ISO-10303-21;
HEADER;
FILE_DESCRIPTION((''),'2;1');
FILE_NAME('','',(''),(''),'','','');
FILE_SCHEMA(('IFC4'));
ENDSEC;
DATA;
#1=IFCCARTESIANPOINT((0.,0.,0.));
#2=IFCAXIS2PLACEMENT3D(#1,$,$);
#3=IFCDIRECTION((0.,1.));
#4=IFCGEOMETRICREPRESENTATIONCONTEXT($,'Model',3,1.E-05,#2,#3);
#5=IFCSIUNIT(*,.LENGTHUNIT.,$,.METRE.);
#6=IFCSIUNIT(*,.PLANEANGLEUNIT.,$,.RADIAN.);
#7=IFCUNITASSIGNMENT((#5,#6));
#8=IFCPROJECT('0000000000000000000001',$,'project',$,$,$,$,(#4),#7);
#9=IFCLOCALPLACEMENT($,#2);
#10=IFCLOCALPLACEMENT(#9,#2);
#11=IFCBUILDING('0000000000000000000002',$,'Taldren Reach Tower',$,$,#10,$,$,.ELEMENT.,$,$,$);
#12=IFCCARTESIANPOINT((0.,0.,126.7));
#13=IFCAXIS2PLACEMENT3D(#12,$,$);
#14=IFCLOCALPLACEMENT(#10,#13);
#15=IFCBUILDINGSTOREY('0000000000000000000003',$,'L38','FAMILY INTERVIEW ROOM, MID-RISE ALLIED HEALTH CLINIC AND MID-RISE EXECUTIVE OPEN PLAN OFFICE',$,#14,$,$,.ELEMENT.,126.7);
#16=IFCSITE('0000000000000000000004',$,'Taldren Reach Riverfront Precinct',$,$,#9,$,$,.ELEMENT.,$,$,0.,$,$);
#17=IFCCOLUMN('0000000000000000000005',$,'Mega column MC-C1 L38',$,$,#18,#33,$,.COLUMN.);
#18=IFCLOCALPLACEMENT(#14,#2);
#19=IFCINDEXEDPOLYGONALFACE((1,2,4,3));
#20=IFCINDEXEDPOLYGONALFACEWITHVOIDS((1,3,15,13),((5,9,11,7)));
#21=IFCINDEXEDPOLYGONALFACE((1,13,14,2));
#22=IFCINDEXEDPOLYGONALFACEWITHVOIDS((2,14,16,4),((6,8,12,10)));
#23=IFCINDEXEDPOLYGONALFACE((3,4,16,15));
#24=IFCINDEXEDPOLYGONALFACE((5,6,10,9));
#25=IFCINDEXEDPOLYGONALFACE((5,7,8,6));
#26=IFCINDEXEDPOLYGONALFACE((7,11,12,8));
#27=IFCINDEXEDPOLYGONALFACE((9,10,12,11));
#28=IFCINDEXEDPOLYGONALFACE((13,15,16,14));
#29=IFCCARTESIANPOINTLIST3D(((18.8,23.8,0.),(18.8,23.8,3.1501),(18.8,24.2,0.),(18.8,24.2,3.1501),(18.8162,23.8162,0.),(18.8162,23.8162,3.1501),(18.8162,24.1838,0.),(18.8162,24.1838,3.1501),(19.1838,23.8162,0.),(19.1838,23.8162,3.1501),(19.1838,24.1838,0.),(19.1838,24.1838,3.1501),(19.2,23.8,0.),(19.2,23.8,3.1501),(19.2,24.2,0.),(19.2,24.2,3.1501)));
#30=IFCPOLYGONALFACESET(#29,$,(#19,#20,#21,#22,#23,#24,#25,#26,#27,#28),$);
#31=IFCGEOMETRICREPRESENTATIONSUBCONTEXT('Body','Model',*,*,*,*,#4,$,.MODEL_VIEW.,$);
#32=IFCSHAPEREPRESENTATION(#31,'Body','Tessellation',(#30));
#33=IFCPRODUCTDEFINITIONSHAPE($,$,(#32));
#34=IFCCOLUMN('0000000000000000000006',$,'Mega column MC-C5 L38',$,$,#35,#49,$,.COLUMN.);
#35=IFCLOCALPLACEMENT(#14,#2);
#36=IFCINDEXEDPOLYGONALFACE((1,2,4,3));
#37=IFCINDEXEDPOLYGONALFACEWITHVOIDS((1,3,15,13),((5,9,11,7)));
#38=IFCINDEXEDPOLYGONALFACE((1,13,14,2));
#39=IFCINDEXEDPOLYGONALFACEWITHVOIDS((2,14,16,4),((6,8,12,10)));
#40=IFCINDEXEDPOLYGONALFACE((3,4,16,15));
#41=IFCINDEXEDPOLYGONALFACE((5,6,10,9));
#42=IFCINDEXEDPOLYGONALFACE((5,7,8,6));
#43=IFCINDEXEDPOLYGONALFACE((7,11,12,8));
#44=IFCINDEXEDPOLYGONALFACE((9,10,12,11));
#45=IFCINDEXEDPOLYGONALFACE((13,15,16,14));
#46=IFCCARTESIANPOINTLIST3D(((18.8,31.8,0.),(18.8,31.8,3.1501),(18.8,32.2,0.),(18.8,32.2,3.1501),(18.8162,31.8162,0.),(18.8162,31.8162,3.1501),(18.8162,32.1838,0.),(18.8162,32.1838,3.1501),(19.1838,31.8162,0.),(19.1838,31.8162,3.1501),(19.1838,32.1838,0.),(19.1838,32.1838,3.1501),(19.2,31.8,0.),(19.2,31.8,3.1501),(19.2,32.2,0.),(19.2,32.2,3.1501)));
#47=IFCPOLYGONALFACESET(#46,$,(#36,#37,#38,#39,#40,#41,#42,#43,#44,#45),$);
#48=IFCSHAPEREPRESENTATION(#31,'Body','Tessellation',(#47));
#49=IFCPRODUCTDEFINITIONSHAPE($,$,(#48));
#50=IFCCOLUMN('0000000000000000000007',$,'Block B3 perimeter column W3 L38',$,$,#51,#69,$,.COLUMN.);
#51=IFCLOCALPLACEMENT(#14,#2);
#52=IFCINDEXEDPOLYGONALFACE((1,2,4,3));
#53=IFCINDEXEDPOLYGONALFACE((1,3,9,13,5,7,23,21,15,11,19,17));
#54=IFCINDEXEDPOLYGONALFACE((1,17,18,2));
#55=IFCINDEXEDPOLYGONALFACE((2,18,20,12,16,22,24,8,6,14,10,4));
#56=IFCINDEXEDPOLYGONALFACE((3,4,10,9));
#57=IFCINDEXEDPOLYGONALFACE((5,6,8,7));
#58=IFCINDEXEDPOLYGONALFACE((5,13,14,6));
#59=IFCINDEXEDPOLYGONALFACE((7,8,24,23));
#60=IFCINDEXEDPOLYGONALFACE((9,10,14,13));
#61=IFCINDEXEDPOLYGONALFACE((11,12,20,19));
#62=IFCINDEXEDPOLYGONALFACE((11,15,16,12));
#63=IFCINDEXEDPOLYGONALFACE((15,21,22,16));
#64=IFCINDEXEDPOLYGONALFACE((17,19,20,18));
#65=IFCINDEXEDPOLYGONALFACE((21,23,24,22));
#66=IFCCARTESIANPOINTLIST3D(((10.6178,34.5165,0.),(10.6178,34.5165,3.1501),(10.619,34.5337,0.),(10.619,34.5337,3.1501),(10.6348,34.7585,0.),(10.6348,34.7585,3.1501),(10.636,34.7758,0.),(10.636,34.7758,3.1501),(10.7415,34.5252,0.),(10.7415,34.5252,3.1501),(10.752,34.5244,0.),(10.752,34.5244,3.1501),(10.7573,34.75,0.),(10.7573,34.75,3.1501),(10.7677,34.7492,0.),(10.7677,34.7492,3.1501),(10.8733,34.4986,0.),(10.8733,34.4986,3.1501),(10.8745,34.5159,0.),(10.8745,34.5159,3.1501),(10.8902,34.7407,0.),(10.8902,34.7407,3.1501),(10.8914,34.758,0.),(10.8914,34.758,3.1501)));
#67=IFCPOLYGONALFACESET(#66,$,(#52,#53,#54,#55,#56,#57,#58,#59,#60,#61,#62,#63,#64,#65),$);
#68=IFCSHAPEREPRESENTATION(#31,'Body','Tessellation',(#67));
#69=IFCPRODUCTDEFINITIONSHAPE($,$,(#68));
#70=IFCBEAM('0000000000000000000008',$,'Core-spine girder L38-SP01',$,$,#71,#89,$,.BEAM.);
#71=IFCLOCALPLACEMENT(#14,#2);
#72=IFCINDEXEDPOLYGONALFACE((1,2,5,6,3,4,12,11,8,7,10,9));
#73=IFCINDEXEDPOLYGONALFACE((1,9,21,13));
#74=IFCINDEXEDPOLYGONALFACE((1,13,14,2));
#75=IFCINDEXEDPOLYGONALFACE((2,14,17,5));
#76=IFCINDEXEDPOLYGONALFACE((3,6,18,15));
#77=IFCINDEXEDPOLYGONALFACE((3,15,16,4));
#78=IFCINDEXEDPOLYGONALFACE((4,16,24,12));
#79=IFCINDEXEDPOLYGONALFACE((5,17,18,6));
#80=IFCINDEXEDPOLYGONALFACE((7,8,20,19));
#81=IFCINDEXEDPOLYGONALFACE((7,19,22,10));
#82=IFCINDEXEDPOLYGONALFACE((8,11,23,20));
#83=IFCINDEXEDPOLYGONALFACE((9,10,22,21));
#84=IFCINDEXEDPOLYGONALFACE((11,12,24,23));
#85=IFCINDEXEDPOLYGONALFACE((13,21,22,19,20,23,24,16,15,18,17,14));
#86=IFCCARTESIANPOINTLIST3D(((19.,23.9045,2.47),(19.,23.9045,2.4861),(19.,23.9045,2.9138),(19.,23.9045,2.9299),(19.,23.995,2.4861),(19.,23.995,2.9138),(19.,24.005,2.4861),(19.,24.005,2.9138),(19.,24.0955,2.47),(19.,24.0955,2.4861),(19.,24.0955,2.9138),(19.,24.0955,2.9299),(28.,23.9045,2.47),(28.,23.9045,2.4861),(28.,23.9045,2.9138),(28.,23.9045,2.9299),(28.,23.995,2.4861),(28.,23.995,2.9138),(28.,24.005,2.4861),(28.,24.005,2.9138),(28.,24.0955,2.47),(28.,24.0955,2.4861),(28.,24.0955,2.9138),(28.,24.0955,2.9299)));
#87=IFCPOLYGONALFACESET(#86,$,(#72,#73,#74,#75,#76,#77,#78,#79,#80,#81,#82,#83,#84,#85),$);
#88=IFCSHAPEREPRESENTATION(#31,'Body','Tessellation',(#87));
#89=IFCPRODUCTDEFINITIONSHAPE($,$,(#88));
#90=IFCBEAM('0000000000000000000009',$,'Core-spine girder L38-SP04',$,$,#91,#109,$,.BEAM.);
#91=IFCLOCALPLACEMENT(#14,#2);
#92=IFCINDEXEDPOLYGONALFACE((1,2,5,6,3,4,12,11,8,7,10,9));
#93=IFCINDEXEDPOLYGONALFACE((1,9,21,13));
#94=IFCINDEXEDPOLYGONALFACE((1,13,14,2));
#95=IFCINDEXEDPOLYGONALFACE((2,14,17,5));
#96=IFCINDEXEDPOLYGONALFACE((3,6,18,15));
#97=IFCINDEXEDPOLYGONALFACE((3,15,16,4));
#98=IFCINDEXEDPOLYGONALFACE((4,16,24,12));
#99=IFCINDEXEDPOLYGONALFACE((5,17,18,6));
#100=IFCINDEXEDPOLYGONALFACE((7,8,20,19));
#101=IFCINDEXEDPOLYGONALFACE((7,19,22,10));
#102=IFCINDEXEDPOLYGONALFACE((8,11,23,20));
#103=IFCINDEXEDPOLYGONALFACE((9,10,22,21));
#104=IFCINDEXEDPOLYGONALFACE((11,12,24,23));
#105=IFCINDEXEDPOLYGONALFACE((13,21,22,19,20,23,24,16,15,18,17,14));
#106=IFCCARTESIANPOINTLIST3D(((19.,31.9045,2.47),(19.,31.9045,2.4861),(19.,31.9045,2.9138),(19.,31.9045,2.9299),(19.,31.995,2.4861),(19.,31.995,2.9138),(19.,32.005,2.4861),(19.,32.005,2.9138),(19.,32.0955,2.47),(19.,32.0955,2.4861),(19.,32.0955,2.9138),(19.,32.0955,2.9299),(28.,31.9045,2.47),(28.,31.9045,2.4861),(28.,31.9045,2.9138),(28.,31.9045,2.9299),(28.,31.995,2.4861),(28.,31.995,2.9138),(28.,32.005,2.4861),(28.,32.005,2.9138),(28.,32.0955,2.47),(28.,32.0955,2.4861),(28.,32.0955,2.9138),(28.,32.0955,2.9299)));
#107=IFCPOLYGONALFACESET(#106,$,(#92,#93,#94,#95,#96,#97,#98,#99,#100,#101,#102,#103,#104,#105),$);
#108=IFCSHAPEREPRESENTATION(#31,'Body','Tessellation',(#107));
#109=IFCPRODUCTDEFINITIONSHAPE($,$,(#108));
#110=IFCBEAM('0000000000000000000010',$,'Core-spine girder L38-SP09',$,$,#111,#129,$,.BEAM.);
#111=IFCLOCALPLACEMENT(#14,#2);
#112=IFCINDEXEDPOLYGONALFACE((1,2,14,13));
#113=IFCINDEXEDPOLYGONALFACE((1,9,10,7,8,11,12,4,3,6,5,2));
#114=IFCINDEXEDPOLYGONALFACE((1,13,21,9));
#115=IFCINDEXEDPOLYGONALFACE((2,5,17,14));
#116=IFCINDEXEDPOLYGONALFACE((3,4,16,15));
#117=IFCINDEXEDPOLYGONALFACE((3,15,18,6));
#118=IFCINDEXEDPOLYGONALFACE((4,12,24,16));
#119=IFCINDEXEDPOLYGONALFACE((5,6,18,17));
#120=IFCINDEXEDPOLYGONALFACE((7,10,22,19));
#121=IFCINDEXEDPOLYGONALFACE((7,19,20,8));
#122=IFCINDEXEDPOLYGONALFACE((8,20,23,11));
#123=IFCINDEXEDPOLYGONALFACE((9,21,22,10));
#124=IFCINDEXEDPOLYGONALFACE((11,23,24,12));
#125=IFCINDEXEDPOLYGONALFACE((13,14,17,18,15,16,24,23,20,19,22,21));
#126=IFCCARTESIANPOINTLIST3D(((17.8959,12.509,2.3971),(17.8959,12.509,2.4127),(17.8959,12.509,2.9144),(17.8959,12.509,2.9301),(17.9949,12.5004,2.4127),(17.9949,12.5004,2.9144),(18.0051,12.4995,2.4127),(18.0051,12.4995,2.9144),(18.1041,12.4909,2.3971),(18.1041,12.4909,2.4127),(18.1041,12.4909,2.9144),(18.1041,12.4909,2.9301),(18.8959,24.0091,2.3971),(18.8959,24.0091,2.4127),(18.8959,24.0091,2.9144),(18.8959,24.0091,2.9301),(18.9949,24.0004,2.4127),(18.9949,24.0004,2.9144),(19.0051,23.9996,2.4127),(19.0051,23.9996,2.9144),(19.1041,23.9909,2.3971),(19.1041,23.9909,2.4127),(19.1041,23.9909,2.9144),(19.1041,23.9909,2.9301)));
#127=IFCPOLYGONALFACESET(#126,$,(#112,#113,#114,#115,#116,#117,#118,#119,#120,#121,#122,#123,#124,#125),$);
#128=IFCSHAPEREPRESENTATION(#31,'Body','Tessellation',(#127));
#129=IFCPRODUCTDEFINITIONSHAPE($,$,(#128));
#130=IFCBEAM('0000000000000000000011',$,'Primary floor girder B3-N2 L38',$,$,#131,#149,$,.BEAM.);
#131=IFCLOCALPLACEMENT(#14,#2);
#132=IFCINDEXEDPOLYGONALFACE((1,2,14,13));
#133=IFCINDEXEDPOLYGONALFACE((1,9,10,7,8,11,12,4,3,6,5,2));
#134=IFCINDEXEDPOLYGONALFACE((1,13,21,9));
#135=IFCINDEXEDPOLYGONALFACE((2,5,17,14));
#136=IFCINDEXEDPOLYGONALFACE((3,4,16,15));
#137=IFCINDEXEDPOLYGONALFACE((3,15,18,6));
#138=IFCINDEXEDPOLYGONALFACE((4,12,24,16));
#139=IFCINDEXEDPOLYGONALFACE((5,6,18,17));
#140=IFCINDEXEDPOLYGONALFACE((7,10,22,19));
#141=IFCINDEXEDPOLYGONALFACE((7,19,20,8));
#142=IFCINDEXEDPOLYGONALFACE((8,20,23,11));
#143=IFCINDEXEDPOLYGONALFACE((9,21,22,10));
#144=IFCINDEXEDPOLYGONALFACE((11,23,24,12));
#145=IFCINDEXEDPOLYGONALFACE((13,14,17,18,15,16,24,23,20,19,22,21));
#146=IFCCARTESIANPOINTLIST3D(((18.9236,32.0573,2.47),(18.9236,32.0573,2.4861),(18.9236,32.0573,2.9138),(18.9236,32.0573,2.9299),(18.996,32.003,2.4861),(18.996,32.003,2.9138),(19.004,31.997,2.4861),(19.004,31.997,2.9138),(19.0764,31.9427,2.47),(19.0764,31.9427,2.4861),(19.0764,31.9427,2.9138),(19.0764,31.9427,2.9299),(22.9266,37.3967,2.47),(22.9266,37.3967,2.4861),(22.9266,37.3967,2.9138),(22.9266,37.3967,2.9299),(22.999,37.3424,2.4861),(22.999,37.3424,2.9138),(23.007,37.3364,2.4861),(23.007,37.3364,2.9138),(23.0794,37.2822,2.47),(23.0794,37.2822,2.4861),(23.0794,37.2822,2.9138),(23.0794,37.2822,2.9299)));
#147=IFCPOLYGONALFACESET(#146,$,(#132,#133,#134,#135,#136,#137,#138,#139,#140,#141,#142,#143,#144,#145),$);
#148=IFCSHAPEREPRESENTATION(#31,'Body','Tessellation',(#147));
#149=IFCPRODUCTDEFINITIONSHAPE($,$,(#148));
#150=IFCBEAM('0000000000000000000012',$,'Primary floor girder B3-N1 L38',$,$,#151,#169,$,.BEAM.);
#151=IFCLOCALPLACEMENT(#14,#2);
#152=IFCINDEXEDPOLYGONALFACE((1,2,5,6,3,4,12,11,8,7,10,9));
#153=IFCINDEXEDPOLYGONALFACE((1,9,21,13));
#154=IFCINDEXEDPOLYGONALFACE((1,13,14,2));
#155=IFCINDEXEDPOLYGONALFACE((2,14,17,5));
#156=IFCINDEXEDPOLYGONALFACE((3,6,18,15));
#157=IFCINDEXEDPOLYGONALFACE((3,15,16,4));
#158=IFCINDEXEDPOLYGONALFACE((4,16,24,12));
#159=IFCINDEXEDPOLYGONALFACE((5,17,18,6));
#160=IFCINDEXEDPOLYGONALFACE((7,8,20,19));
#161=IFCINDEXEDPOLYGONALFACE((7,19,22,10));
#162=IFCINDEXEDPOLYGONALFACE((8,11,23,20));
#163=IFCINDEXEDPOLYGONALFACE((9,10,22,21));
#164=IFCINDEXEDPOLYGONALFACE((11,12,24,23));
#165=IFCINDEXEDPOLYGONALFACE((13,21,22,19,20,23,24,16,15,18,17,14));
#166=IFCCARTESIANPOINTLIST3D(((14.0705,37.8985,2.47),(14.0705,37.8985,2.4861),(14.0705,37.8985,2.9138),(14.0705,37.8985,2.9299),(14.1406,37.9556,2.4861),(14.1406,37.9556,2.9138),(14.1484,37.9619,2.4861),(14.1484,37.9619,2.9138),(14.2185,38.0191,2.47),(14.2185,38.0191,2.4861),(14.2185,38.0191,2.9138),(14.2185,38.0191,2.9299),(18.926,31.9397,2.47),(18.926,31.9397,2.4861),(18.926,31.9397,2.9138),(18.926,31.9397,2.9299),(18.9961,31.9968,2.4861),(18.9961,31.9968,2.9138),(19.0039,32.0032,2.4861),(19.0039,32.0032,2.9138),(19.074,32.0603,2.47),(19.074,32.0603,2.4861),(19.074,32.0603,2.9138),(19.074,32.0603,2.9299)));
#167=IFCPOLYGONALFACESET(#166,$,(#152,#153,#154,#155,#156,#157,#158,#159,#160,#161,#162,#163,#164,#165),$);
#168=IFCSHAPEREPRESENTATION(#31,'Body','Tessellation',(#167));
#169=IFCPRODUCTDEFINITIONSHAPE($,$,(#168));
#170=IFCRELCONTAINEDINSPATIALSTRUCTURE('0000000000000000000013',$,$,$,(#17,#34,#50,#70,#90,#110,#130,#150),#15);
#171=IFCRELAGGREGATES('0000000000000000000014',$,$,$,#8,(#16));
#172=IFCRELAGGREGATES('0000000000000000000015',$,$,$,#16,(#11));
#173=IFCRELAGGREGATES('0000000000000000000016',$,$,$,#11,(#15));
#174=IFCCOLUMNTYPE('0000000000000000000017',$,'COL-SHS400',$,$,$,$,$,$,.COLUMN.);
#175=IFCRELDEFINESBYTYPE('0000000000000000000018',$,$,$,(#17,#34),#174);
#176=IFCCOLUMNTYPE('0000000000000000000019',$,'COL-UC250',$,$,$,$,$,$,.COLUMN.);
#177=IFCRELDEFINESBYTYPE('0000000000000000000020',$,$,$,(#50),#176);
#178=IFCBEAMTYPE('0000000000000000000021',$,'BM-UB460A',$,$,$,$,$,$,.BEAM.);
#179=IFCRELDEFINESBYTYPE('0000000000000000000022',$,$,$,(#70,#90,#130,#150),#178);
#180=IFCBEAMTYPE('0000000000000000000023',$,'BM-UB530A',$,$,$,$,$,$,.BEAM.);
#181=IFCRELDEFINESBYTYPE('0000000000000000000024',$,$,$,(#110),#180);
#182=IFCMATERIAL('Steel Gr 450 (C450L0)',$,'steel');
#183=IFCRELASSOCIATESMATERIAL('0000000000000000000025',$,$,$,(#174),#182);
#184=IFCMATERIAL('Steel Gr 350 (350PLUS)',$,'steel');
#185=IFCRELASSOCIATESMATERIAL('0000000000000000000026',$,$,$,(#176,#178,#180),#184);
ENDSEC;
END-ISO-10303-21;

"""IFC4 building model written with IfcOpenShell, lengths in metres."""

from ifc_helpers import new_model, si_unit, direction, frame, origin, origin_2d, place, context, subcontext, project, spatial, hollow_rectangle, i_section, extrude, source, transform, mapped, material, material_profile, profile_set, type_object, element, save


model = new_model("IFC4")

# Units and contexts
model_context = context("Model", 3, precision=1e-05, world=origin(), true_north=direction((0.0, 1.0)))
body_context = subcontext(model_context, "Body", "Model", "MODEL_VIEW")
ifc_project = project(units=[si_unit("LENGTHUNIT", "METRE"), si_unit("PLANEANGLEUNIT", "RADIAN")], contexts=[model_context])

# Site, building, storey
site_placement = place(None, origin())
site = spatial("IfcSite", under=ifc_project, at=site_placement, Name="Taldren Reach Riverfront Precinct", CompositionType="ELEMENT", RefElevation=0.0)
building_placement = place(site_placement, origin())
building = spatial("IfcBuilding", under=site, at=building_placement, Name="Taldren Reach Tower", CompositionType="ELEMENT")
storey_placement = place(building_placement, frame((0.0, 0.0, 126.7)))
storey = spatial("IfcBuildingStorey", under=building, at=storey_placement, Name="L38", Description="FAMILY INTERVIEW ROOM, MID-RISE ALLIED HEALTH CLINIC AND MID-RISE EXECUTIVE OPEN PLAN OFFICE", CompositionType="ELEMENT", Elevation=126.7)

# Columns
ifc_material_1 = material(Name="Steel Gr 450 (C450L0)", Category="steel")
ifc_material_profile_1 = material_profile(ifc_material_1, hollow_rectangle(XDim=0.3999, YDim=0.3999, WallThickness=0.0161, at=origin_2d()), Name="400x400x16.0SHS")
ifc_profile_set_1 = profile_set([ifc_material_profile_1], Name="Steel Gr 450 (C450L0)")
column_type_1 = type_object("IfcColumnType", Name="COL-SHS400", PredefinedType="COLUMN", material=ifc_profile_set_1)
shared_shape_1 = source(origin(), body_context, "Body", "SweptSolid", [
    extrude(hollow_rectangle(XDim=0.3999, YDim=0.3999, WallThickness=0.0161, at=origin_2d()), origin(), (0.0, 0.0, 1.0), 3.1501),
])
for number, where, z_axis, x_axis, name in (
    (1, (19.0, 24.0, 0.0), (0.0, 0.0, 1.0), (1.0, 0.0, 0.0), "Mega column MC-C1 L38"),
    (2, (19.0, 32.0, 0.0), (0.0, 0.0, 1.0), (1.0, 0.0, 0.0), "Mega column MC-C5 L38"),
):
    element("IfcColumn", number, at=place(storey_placement, frame(where, z_axis=z_axis, x_axis=x_axis)), inside=storey, type_object=column_type_1, Name=name, PredefinedType="COLUMN", context=body_context, shape_type="MappedRepresentation", body=[
        mapped(shared_shape_1, transform((0.0, 0.0, 0.0), scale=1.0)),
    ])
ifc_material_2 = material(Name="Steel Gr 350 (350PLUS)", Category="steel")
ifc_material_profile_2 = material_profile(ifc_material_2, i_section(OverallWidth=0.2561, OverallDepth=0.26, WebThickness=0.0105, FlangeThickness=0.0173, at=origin_2d()), Name="250UC89.5")
ifc_profile_set_2 = profile_set([ifc_material_profile_2], Name="Steel Gr 350 (350PLUS)")
column_type_2 = type_object("IfcColumnType", Name="COL-UC250", PredefinedType="COLUMN", material=ifc_profile_set_2)
shared_shape_2 = source(origin(), body_context, "Body", "SweptSolid", [
    extrude(i_section(OverallWidth=0.2561, OverallDepth=0.26, WebThickness=0.0105, FlangeThickness=0.0173, at=origin_2d()), origin(), (0.0, 0.0, 1.0), 3.1501),
])
column_placement = place(storey_placement, frame((10.7546, 34.6372, 0.0), z_axis=(0.0, 0.0, 1.0), x_axis=(0.997564, -0.069756, 0.0)))
element("IfcColumn", 3, at=column_placement, inside=storey, type_object=column_type_2, Name="Block B3 perimeter column W3 L38", PredefinedType="COLUMN", context=body_context, shape_type="MappedRepresentation", body=[
    mapped(shared_shape_2, transform((0.0, 0.0, 0.0), scale=1.0)),
])

# Beams
ifc_material_profile_3 = material_profile(ifc_material_2, i_section(OverallWidth=0.1909, OverallDepth=0.46, WebThickness=0.01, FlangeThickness=0.0161, at=origin_2d()), Name="460UB82.1")
ifc_profile_set_3 = profile_set([ifc_material_profile_3], Name="Steel Gr 350 (350PLUS)")
beam_type_1 = type_object("IfcBeamType", Name="BM-UB460A", PredefinedType="BEAM", material=ifc_profile_set_3)
shared_shape_3 = source(origin(), body_context, "Body", "SweptSolid", [
    extrude(i_section(OverallWidth=0.1909, OverallDepth=0.46, WebThickness=0.01, FlangeThickness=0.0161, at=origin_2d()), origin(), (0.0, 0.0, 1.0), 9.0),
])
for number, where, z_axis, x_axis, name in (
    (4, (19.0, 24.0, 2.7), (1.0, 0.0, 0.0), (0.0, 1.0, 0.0), "Core-spine girder L38-SP01"),
    (5, (19.0, 32.0, 2.7), (1.0, 0.0, 0.0), (0.0, 1.0, 0.0), "Core-spine girder L38-SP04"),
):
    element("IfcBeam", number, at=place(storey_placement, frame(where, z_axis=z_axis, x_axis=x_axis)), inside=storey, type_object=beam_type_1, Name=name, PredefinedType="BEAM", context=body_context, shape_type="MappedRepresentation", body=[
        mapped(shared_shape_3, transform((0.0, 0.0, 0.0), scale=1.0)),
    ])
ifc_material_profile_4 = material_profile(ifc_material_2, i_section(OverallWidth=0.209, OverallDepth=0.533, WebThickness=0.0103, FlangeThickness=0.0156, at=origin_2d()), Name="530UB92.4")
ifc_profile_set_4 = profile_set([ifc_material_profile_4], Name="Steel Gr 350 (350PLUS)")
beam_type_2 = type_object("IfcBeamType", Name="BM-UB530A", PredefinedType="BEAM", material=ifc_profile_set_4)
shared_shape_4 = source(origin(), body_context, "Body", "SweptSolid", [
    extrude(i_section(OverallWidth=0.209, OverallDepth=0.533, WebThickness=0.0103, FlangeThickness=0.0156, at=origin_2d()), origin(), (0.0, 0.0, 1.0), 11.5435),
])
beam_1_placement = place(storey_placement, frame((19.0, 24.0, 2.6636), z_axis=(-0.08663, -0.996241, 0.0), x_axis=(0.996241, -0.08663, 0.0)))
element("IfcBeam", 6, at=beam_1_placement, inside=storey, type_object=beam_type_2, Name="Core-spine girder L38-SP09", PredefinedType="BEAM", context=body_context, shape_type="MappedRepresentation", body=[
    mapped(shared_shape_4, transform((0.0, 0.0, 0.0), scale=1.0)),
])
shared_shape_5 = source(origin(), body_context, "Body", "SweptSolid", [
    extrude(i_section(OverallWidth=0.1909, OverallDepth=0.46, WebThickness=0.01, FlangeThickness=0.0161, at=origin_2d()), origin(), (0.0, 0.0, 1.0), 6.6733),
])
beam_2_placement = place(storey_placement, frame((19.0, 32.0, 2.7), z_axis=(0.599848, 0.800114, 0.0), x_axis=(-0.800114, 0.599848, 0.0)))
element("IfcBeam", 7, at=beam_2_placement, inside=storey, type_object=beam_type_1, Name="Primary floor girder B3-N2 L38", PredefinedType="BEAM", context=body_context, shape_type="MappedRepresentation", body=[
    mapped(shared_shape_5, transform((0.0, 0.0, 0.0), scale=1.0)),
])
shared_shape_6 = source(origin(), body_context, "Body", "SweptSolid", [
    extrude(i_section(OverallWidth=0.1909, OverallDepth=0.46, WebThickness=0.01, FlangeThickness=0.0161, at=origin_2d()), origin(), (0.0, 0.0, 1.0), 7.6865),
])
beam_3_placement = place(storey_placement, frame((19.0, 32.0, 2.7), z_axis=(-0.631689, 0.775222, 0.0), x_axis=(-0.775222, -0.631689, 0.0)))
element("IfcBeam", 8, at=beam_3_placement, inside=storey, type_object=beam_type_1, Name="Primary floor girder B3-N1 L38", PredefinedType="BEAM", context=body_context, shape_type="MappedRepresentation", body=[
    mapped(shared_shape_6, transform((0.0, 0.0, 0.0), scale=1.0)),
])

save(model, "model.ifc")
